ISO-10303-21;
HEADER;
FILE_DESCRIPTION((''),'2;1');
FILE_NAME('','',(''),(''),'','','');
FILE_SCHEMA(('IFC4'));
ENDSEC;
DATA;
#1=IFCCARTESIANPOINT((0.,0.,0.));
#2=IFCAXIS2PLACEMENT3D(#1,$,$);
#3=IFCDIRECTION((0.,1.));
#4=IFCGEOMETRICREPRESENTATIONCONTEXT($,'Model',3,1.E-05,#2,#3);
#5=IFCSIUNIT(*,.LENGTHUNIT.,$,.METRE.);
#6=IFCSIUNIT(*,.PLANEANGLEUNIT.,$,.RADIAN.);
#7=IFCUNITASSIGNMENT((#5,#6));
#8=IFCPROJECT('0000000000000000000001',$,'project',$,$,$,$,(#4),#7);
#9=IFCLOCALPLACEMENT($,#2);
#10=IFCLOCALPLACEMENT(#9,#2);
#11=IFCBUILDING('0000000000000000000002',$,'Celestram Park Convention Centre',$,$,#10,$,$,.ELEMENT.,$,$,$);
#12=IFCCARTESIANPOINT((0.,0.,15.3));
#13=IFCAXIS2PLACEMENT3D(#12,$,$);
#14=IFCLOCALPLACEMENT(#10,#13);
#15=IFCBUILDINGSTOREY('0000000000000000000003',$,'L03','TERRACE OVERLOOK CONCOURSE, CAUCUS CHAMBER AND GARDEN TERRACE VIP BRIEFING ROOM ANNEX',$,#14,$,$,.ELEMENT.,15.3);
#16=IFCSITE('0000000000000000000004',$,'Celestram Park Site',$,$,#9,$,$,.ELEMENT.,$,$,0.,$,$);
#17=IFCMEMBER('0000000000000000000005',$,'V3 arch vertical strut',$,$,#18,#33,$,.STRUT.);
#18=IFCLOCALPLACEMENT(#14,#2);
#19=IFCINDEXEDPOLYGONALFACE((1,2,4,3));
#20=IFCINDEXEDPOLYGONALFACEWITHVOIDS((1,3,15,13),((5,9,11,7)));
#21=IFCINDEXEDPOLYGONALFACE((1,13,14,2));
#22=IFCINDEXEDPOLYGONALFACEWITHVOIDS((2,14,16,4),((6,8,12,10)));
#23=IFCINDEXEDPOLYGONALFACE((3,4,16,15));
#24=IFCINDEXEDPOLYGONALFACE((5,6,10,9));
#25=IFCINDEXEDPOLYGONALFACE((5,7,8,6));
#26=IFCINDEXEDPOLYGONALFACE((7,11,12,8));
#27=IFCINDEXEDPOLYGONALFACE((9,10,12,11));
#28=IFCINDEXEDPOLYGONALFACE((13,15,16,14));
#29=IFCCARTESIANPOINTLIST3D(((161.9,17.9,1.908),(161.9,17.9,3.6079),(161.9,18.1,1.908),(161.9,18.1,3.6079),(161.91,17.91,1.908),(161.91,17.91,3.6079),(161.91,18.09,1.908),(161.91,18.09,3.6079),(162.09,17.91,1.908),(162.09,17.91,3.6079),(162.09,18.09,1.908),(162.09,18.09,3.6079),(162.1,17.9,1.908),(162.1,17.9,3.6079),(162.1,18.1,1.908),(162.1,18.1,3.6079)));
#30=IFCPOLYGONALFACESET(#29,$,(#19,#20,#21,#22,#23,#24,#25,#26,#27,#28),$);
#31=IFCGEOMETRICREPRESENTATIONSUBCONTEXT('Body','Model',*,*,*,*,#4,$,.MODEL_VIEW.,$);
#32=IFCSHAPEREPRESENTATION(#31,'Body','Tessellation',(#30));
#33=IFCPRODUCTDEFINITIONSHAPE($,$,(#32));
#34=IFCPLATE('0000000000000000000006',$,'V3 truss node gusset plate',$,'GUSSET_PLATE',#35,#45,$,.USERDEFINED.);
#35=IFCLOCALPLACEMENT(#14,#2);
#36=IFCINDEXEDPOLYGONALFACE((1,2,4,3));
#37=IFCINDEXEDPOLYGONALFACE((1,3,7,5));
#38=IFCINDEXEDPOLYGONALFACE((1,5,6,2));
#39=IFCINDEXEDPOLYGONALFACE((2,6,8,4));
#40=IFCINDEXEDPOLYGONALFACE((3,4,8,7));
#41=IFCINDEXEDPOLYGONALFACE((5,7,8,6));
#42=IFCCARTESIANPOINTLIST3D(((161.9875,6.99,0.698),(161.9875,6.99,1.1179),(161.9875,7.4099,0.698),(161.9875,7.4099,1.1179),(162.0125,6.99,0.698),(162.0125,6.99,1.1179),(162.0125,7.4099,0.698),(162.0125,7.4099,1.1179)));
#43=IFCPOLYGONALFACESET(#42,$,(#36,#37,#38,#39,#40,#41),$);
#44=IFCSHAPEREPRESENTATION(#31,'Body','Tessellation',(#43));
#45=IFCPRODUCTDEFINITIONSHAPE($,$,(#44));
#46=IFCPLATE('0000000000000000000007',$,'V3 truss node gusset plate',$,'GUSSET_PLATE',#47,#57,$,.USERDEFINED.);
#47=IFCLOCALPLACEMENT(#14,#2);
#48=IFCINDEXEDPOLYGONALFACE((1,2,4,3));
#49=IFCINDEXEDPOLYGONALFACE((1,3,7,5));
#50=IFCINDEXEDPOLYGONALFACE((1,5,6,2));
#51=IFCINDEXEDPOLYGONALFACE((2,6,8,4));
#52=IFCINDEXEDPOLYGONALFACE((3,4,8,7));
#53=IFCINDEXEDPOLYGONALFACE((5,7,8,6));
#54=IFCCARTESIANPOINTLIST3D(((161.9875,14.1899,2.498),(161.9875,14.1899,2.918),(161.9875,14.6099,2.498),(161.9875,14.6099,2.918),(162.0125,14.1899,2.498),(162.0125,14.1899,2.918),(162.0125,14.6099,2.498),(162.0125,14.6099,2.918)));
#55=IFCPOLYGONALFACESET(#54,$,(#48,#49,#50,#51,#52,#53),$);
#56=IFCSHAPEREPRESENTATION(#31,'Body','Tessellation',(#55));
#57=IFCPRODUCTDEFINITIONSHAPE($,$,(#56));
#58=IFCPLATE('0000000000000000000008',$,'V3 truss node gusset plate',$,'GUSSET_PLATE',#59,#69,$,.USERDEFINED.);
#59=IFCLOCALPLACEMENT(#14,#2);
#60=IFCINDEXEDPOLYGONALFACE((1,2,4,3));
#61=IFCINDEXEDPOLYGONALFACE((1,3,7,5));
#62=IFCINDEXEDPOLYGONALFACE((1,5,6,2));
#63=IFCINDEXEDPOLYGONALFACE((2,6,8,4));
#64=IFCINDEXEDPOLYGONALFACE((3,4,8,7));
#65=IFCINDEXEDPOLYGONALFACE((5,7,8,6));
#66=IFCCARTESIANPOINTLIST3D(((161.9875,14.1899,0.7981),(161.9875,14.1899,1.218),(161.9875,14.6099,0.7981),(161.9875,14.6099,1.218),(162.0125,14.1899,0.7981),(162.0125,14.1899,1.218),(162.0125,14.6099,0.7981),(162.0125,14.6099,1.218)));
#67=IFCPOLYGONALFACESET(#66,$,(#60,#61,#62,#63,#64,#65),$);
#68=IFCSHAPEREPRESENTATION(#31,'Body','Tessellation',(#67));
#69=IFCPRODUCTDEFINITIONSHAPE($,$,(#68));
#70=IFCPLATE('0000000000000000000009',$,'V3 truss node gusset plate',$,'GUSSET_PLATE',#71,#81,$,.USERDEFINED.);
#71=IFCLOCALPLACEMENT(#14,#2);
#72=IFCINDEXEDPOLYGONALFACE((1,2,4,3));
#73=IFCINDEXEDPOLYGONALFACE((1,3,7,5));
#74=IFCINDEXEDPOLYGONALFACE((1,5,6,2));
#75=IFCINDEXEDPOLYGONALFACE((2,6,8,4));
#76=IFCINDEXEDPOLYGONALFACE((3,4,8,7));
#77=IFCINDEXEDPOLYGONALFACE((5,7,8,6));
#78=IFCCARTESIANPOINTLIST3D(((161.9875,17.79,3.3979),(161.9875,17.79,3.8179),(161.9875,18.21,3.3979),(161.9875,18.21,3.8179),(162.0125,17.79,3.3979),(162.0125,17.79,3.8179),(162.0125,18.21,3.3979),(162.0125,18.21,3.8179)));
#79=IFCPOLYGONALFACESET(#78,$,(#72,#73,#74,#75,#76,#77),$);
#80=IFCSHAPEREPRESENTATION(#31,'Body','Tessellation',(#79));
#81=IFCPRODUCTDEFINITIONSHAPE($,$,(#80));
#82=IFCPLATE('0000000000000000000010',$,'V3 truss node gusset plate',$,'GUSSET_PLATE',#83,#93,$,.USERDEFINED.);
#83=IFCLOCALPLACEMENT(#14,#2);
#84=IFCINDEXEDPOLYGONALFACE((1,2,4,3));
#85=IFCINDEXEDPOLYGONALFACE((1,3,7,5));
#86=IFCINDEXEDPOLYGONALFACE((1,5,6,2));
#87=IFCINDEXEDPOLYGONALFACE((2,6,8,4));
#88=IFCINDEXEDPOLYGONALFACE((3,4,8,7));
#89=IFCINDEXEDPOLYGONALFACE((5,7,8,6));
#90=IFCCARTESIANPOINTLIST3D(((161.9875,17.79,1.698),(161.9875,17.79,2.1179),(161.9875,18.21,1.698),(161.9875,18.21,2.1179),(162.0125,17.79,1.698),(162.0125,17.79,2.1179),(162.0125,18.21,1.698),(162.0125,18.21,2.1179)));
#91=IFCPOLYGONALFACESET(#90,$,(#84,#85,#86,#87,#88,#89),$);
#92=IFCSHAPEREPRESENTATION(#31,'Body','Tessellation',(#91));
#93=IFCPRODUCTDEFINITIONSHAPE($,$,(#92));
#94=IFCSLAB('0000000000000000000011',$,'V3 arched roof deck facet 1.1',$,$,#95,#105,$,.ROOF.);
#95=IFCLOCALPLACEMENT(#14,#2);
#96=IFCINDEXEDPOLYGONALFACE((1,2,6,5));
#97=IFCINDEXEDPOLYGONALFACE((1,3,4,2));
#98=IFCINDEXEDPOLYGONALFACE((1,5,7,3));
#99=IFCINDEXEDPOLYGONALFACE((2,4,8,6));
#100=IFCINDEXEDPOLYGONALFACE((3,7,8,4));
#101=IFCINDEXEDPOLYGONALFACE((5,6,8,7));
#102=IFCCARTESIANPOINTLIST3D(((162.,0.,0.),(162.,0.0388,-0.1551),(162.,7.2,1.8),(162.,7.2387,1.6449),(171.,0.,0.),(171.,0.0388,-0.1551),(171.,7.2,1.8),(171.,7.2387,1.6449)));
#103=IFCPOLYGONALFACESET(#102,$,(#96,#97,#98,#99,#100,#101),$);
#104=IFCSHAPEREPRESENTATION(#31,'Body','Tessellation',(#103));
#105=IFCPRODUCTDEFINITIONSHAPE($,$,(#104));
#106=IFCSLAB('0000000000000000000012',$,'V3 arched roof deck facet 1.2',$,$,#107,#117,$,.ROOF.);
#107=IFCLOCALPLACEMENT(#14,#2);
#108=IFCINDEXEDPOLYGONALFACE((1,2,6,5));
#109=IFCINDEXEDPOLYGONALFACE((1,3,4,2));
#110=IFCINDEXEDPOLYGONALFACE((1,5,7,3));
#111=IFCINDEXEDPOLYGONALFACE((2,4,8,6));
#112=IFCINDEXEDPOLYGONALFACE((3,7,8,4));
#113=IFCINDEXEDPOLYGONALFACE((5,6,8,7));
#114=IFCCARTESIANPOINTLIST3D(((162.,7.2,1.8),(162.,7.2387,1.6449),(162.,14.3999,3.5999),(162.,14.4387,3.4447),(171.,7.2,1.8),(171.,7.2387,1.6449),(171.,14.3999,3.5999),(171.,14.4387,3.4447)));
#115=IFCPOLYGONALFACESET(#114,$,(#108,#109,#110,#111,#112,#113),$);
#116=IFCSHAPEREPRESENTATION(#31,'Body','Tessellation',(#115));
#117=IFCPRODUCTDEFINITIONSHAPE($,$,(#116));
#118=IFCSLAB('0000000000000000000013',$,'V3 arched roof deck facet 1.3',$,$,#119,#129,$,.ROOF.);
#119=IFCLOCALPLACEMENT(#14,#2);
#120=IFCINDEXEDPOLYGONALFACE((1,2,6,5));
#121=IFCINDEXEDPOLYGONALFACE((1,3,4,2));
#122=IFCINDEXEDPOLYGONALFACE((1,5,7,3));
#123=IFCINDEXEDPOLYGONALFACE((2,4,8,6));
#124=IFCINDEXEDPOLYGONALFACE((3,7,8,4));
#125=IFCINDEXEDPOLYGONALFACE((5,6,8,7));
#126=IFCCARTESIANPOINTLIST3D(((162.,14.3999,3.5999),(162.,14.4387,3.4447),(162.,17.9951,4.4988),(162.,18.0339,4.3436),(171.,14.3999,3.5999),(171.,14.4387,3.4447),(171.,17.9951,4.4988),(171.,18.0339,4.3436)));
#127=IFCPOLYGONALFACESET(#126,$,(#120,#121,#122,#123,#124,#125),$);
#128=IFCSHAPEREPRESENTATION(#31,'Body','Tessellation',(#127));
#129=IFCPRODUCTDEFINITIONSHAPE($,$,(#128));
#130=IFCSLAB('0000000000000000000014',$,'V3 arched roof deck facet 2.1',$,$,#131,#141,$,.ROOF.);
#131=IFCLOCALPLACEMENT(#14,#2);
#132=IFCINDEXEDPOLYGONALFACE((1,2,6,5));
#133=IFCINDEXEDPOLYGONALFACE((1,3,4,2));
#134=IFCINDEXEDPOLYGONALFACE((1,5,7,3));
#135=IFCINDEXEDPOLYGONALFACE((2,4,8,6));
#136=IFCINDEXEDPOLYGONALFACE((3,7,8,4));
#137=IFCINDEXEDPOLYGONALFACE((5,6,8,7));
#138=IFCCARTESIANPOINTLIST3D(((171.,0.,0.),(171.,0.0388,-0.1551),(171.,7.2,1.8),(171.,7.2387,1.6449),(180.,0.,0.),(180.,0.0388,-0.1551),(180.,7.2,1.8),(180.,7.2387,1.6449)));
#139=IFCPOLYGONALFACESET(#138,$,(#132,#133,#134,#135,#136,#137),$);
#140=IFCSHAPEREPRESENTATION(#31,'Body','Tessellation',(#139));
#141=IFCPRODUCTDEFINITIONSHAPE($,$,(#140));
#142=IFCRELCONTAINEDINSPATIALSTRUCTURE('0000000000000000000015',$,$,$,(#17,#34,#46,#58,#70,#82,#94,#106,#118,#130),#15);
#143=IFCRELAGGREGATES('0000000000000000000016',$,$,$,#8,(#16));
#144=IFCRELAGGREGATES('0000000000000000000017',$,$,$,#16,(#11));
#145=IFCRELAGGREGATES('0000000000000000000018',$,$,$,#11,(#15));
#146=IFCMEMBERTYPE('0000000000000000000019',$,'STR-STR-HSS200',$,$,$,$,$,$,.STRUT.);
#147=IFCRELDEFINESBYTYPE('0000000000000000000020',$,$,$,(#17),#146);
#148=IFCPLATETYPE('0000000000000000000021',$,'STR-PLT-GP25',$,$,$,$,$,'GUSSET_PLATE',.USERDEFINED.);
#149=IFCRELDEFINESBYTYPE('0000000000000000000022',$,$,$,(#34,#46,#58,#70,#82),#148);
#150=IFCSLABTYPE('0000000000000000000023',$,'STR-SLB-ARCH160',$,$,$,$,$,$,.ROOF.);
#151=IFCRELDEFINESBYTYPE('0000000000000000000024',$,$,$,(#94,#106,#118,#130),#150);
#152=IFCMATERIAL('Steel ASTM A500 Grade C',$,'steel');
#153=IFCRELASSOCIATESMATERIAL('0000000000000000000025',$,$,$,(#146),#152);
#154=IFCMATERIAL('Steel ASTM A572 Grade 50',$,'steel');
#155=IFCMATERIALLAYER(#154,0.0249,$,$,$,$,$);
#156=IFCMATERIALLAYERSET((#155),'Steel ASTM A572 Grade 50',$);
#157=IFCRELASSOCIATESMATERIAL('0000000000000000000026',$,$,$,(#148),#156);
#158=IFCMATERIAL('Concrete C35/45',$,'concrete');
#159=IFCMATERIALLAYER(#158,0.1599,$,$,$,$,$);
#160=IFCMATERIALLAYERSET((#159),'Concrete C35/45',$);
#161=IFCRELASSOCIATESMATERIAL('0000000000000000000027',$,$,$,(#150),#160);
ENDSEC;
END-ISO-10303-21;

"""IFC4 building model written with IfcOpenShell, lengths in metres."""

from ifc_helpers import new_model, si_unit, direction, frame, origin, origin_2d, place, context, subcontext, project, spatial, polyline, rectangle, hollow_rectangle, outline, extrude, material, layer, layer_set, material_profile, profile_set, type_object, element, save


model = new_model("IFC4")

# Units and contexts
model_context = context("Model", 3, precision=1e-05, world=origin(), true_north=direction((0.0, 1.0)))
body_context = subcontext(model_context, "Body", "Model", "MODEL_VIEW")
ifc_project = project(units=[si_unit("LENGTHUNIT", "METRE"), si_unit("PLANEANGLEUNIT", "RADIAN")], contexts=[model_context])

# Site, building, storey
site_placement = place(None, origin())
site = spatial("IfcSite", under=ifc_project, at=site_placement, Name="Celestram Park Site", CompositionType="ELEMENT", RefElevation=0.0)
building_placement = place(site_placement, origin())
building = spatial("IfcBuilding", under=site, at=building_placement, Name="Celestram Park Convention Centre", CompositionType="ELEMENT")
storey_placement = place(building_placement, frame((0.0, 0.0, 15.3)))
storey = spatial("IfcBuildingStorey", under=building, at=storey_placement, Name="L03", Description="TERRACE OVERLOOK CONCOURSE, CAUCUS CHAMBER AND GARDEN TERRACE VIP BRIEFING ROOM ANNEX", CompositionType="ELEMENT", Elevation=15.3)

# Shared definitions
ifc_material_1 = material(Name="Steel ASTM A500 Grade C", Category="steel")

# Member
ifc_material_profile_1 = material_profile(ifc_material_1, hollow_rectangle(XDim=0.2, YDim=0.2, WallThickness=0.01, at=origin_2d()), Name="HSS200X200X10")
ifc_profile_set_1 = profile_set([ifc_material_profile_1], Name="Steel ASTM A500 Grade C")
member_type_1 = type_object("IfcMemberType", Name="STR-STR-HSS200", PredefinedType="STRUT", material=ifc_profile_set_1)
for number, where, z_axis, x_axis, name in (
    (1, (162.0, 18.0, 1.908), (0.0, 0.0, 1.0), (1.0, 0.0, 0.0), "V3 arch vertical strut"),
):
    element("IfcMember", number, at=place(storey_placement, frame(where, z_axis=z_axis, x_axis=x_axis)), inside=storey, type_object=member_type_1, Name=name, PredefinedType="STRUT", context=body_context, shape_type="SweptSolid", body=[
        extrude(hollow_rectangle(XDim=0.2, YDim=0.2, WallThickness=0.01, at=origin_2d()), origin(), (0.0, 0.0, 1.0), 1.7),
    ])

# Plates
ifc_material_2 = material(Name="Steel ASTM A572 Grade 50", Category="steel")
ifc_layer_1 = layer(ifc_material_2, 0.0249)
ifc_layer_set_1 = layer_set([ifc_layer_1], Name="Steel ASTM A572 Grade 50")
plate_type = type_object("IfcPlateType", Name="STR-PLT-GP25", ElementType="GUSSET_PLATE", PredefinedType="USERDEFINED", material=ifc_layer_set_1)
for number, where, z_axis, x_axis, name in (
    (2, (162.0, 7.2, 0.698), (0.0, 0.0, 1.0), (0.0, 1.0, 0.0), "V3 truss node gusset plate"),
    (3, (162.0, 14.3999, 2.498), (0.0, 0.0, 1.0), (0.0, 1.0, 0.0), "V3 truss node gusset plate"),
    (4, (162.0, 14.3999, 0.7981), (0.0, 0.0, 1.0), (0.0, 1.0, 0.0), "V3 truss node gusset plate"),
    (5, (162.0, 18.0, 3.3979), (0.0, 0.0, 1.0), (0.0, 1.0, 0.0), "V3 truss node gusset plate"),
    (6, (162.0, 18.0, 1.698), (0.0, 0.0, 1.0), (0.0, 1.0, 0.0), "V3 truss node gusset plate"),
):
    element("IfcPlate", number, at=place(storey_placement, frame(where, z_axis=z_axis, x_axis=x_axis)), inside=storey, type_object=plate_type, Name=name, ObjectType="GUSSET_PLATE", PredefinedType="USERDEFINED", context=body_context, shape_type="SweptSolid", body=[
        extrude(rectangle(XDim=0.4199, YDim=0.0249, at=origin_2d()), origin(), (0.0, 0.0, 1.0), 0.4199),
    ])

# Slabs
ifc_material_3 = material(Name="Concrete C35/45", Category="concrete")
ifc_layer_2 = layer(ifc_material_3, 0.1599)
ifc_layer_set_2 = layer_set([ifc_layer_2], Name="Concrete C35/45")
slab_type = type_object("IfcSlabType", Name="STR-SLB-ARCH160", PredefinedType="ROOF", material=ifc_layer_set_2)
slab_1_placement = place(storey_placement, frame((162.0, 0.0, 0.0), z_axis=(0.0, -0.242543, 0.970141), x_axis=(1.0, 0.0, 0.0)))
element("IfcSlab", 7, at=slab_1_placement, inside=storey, type_object=slab_type, Name="V3 arched roof deck facet 1.1", PredefinedType="ROOF", context=body_context, shape_type="SweptSolid", body=[
    extrude(outline(polyline([(0.0, 0.0), (9.0, 0.0), (9.0, 7.4216), (0.0, 7.4216), (0.0, 0.0)])), origin(), (0.0, 0.0, -1.0), 0.1599),
])
slab_2_placement = place(storey_placement, frame((162.0, 7.2, 1.8), z_axis=(0.0, -0.242512, 0.970148), x_axis=(1.0, 0.0, 0.0)))
element("IfcSlab", 8, at=slab_2_placement, inside=storey, type_object=slab_type, Name="V3 arched roof deck facet 1.2", PredefinedType="ROOF", context=body_context, shape_type="SweptSolid", body=[
    extrude(outline(polyline([(0.0, 0.0), (9.0, 0.0), (9.0, 7.4215), (0.0, 7.4215), (0.0, 0.0)])), origin(), (0.0, 0.0, -1.0), 0.1599),
])
slab_3_placement = place(storey_placement, frame((162.0, 14.3999, 3.5999), z_axis=(0.0, -0.242567, 0.970135), x_axis=(1.0, 0.0, 0.0)))
element("IfcSlab", 9, at=slab_3_placement, inside=storey, type_object=slab_type, Name="V3 arched roof deck facet 1.3", PredefinedType="ROOF", context=body_context, shape_type="SweptSolid", body=[
    extrude(outline(polyline([(0.0, 0.0), (9.0, 0.0), (9.0, 3.7059), (0.0, 3.7059), (0.0, 0.0)])), origin(), (0.0, 0.0, -1.0), 0.1599),
])
slab_4_placement = place(storey_placement, frame((171.0, 0.0, 0.0), z_axis=(0.0, -0.242543, 0.970141), x_axis=(1.0, 0.0, 0.0)))
element("IfcSlab", 10, at=slab_4_placement, inside=storey, type_object=slab_type, Name="V3 arched roof deck facet 2.1", PredefinedType="ROOF", context=body_context, shape_type="SweptSolid", body=[
    extrude(outline(polyline([(0.0, 0.0), (9.0, 0.0), (9.0, 7.4216), (0.0, 7.4216), (0.0, 0.0)])), origin(), (0.0, 0.0, -1.0), 0.1599),
])

save(model, "model.ifc")
